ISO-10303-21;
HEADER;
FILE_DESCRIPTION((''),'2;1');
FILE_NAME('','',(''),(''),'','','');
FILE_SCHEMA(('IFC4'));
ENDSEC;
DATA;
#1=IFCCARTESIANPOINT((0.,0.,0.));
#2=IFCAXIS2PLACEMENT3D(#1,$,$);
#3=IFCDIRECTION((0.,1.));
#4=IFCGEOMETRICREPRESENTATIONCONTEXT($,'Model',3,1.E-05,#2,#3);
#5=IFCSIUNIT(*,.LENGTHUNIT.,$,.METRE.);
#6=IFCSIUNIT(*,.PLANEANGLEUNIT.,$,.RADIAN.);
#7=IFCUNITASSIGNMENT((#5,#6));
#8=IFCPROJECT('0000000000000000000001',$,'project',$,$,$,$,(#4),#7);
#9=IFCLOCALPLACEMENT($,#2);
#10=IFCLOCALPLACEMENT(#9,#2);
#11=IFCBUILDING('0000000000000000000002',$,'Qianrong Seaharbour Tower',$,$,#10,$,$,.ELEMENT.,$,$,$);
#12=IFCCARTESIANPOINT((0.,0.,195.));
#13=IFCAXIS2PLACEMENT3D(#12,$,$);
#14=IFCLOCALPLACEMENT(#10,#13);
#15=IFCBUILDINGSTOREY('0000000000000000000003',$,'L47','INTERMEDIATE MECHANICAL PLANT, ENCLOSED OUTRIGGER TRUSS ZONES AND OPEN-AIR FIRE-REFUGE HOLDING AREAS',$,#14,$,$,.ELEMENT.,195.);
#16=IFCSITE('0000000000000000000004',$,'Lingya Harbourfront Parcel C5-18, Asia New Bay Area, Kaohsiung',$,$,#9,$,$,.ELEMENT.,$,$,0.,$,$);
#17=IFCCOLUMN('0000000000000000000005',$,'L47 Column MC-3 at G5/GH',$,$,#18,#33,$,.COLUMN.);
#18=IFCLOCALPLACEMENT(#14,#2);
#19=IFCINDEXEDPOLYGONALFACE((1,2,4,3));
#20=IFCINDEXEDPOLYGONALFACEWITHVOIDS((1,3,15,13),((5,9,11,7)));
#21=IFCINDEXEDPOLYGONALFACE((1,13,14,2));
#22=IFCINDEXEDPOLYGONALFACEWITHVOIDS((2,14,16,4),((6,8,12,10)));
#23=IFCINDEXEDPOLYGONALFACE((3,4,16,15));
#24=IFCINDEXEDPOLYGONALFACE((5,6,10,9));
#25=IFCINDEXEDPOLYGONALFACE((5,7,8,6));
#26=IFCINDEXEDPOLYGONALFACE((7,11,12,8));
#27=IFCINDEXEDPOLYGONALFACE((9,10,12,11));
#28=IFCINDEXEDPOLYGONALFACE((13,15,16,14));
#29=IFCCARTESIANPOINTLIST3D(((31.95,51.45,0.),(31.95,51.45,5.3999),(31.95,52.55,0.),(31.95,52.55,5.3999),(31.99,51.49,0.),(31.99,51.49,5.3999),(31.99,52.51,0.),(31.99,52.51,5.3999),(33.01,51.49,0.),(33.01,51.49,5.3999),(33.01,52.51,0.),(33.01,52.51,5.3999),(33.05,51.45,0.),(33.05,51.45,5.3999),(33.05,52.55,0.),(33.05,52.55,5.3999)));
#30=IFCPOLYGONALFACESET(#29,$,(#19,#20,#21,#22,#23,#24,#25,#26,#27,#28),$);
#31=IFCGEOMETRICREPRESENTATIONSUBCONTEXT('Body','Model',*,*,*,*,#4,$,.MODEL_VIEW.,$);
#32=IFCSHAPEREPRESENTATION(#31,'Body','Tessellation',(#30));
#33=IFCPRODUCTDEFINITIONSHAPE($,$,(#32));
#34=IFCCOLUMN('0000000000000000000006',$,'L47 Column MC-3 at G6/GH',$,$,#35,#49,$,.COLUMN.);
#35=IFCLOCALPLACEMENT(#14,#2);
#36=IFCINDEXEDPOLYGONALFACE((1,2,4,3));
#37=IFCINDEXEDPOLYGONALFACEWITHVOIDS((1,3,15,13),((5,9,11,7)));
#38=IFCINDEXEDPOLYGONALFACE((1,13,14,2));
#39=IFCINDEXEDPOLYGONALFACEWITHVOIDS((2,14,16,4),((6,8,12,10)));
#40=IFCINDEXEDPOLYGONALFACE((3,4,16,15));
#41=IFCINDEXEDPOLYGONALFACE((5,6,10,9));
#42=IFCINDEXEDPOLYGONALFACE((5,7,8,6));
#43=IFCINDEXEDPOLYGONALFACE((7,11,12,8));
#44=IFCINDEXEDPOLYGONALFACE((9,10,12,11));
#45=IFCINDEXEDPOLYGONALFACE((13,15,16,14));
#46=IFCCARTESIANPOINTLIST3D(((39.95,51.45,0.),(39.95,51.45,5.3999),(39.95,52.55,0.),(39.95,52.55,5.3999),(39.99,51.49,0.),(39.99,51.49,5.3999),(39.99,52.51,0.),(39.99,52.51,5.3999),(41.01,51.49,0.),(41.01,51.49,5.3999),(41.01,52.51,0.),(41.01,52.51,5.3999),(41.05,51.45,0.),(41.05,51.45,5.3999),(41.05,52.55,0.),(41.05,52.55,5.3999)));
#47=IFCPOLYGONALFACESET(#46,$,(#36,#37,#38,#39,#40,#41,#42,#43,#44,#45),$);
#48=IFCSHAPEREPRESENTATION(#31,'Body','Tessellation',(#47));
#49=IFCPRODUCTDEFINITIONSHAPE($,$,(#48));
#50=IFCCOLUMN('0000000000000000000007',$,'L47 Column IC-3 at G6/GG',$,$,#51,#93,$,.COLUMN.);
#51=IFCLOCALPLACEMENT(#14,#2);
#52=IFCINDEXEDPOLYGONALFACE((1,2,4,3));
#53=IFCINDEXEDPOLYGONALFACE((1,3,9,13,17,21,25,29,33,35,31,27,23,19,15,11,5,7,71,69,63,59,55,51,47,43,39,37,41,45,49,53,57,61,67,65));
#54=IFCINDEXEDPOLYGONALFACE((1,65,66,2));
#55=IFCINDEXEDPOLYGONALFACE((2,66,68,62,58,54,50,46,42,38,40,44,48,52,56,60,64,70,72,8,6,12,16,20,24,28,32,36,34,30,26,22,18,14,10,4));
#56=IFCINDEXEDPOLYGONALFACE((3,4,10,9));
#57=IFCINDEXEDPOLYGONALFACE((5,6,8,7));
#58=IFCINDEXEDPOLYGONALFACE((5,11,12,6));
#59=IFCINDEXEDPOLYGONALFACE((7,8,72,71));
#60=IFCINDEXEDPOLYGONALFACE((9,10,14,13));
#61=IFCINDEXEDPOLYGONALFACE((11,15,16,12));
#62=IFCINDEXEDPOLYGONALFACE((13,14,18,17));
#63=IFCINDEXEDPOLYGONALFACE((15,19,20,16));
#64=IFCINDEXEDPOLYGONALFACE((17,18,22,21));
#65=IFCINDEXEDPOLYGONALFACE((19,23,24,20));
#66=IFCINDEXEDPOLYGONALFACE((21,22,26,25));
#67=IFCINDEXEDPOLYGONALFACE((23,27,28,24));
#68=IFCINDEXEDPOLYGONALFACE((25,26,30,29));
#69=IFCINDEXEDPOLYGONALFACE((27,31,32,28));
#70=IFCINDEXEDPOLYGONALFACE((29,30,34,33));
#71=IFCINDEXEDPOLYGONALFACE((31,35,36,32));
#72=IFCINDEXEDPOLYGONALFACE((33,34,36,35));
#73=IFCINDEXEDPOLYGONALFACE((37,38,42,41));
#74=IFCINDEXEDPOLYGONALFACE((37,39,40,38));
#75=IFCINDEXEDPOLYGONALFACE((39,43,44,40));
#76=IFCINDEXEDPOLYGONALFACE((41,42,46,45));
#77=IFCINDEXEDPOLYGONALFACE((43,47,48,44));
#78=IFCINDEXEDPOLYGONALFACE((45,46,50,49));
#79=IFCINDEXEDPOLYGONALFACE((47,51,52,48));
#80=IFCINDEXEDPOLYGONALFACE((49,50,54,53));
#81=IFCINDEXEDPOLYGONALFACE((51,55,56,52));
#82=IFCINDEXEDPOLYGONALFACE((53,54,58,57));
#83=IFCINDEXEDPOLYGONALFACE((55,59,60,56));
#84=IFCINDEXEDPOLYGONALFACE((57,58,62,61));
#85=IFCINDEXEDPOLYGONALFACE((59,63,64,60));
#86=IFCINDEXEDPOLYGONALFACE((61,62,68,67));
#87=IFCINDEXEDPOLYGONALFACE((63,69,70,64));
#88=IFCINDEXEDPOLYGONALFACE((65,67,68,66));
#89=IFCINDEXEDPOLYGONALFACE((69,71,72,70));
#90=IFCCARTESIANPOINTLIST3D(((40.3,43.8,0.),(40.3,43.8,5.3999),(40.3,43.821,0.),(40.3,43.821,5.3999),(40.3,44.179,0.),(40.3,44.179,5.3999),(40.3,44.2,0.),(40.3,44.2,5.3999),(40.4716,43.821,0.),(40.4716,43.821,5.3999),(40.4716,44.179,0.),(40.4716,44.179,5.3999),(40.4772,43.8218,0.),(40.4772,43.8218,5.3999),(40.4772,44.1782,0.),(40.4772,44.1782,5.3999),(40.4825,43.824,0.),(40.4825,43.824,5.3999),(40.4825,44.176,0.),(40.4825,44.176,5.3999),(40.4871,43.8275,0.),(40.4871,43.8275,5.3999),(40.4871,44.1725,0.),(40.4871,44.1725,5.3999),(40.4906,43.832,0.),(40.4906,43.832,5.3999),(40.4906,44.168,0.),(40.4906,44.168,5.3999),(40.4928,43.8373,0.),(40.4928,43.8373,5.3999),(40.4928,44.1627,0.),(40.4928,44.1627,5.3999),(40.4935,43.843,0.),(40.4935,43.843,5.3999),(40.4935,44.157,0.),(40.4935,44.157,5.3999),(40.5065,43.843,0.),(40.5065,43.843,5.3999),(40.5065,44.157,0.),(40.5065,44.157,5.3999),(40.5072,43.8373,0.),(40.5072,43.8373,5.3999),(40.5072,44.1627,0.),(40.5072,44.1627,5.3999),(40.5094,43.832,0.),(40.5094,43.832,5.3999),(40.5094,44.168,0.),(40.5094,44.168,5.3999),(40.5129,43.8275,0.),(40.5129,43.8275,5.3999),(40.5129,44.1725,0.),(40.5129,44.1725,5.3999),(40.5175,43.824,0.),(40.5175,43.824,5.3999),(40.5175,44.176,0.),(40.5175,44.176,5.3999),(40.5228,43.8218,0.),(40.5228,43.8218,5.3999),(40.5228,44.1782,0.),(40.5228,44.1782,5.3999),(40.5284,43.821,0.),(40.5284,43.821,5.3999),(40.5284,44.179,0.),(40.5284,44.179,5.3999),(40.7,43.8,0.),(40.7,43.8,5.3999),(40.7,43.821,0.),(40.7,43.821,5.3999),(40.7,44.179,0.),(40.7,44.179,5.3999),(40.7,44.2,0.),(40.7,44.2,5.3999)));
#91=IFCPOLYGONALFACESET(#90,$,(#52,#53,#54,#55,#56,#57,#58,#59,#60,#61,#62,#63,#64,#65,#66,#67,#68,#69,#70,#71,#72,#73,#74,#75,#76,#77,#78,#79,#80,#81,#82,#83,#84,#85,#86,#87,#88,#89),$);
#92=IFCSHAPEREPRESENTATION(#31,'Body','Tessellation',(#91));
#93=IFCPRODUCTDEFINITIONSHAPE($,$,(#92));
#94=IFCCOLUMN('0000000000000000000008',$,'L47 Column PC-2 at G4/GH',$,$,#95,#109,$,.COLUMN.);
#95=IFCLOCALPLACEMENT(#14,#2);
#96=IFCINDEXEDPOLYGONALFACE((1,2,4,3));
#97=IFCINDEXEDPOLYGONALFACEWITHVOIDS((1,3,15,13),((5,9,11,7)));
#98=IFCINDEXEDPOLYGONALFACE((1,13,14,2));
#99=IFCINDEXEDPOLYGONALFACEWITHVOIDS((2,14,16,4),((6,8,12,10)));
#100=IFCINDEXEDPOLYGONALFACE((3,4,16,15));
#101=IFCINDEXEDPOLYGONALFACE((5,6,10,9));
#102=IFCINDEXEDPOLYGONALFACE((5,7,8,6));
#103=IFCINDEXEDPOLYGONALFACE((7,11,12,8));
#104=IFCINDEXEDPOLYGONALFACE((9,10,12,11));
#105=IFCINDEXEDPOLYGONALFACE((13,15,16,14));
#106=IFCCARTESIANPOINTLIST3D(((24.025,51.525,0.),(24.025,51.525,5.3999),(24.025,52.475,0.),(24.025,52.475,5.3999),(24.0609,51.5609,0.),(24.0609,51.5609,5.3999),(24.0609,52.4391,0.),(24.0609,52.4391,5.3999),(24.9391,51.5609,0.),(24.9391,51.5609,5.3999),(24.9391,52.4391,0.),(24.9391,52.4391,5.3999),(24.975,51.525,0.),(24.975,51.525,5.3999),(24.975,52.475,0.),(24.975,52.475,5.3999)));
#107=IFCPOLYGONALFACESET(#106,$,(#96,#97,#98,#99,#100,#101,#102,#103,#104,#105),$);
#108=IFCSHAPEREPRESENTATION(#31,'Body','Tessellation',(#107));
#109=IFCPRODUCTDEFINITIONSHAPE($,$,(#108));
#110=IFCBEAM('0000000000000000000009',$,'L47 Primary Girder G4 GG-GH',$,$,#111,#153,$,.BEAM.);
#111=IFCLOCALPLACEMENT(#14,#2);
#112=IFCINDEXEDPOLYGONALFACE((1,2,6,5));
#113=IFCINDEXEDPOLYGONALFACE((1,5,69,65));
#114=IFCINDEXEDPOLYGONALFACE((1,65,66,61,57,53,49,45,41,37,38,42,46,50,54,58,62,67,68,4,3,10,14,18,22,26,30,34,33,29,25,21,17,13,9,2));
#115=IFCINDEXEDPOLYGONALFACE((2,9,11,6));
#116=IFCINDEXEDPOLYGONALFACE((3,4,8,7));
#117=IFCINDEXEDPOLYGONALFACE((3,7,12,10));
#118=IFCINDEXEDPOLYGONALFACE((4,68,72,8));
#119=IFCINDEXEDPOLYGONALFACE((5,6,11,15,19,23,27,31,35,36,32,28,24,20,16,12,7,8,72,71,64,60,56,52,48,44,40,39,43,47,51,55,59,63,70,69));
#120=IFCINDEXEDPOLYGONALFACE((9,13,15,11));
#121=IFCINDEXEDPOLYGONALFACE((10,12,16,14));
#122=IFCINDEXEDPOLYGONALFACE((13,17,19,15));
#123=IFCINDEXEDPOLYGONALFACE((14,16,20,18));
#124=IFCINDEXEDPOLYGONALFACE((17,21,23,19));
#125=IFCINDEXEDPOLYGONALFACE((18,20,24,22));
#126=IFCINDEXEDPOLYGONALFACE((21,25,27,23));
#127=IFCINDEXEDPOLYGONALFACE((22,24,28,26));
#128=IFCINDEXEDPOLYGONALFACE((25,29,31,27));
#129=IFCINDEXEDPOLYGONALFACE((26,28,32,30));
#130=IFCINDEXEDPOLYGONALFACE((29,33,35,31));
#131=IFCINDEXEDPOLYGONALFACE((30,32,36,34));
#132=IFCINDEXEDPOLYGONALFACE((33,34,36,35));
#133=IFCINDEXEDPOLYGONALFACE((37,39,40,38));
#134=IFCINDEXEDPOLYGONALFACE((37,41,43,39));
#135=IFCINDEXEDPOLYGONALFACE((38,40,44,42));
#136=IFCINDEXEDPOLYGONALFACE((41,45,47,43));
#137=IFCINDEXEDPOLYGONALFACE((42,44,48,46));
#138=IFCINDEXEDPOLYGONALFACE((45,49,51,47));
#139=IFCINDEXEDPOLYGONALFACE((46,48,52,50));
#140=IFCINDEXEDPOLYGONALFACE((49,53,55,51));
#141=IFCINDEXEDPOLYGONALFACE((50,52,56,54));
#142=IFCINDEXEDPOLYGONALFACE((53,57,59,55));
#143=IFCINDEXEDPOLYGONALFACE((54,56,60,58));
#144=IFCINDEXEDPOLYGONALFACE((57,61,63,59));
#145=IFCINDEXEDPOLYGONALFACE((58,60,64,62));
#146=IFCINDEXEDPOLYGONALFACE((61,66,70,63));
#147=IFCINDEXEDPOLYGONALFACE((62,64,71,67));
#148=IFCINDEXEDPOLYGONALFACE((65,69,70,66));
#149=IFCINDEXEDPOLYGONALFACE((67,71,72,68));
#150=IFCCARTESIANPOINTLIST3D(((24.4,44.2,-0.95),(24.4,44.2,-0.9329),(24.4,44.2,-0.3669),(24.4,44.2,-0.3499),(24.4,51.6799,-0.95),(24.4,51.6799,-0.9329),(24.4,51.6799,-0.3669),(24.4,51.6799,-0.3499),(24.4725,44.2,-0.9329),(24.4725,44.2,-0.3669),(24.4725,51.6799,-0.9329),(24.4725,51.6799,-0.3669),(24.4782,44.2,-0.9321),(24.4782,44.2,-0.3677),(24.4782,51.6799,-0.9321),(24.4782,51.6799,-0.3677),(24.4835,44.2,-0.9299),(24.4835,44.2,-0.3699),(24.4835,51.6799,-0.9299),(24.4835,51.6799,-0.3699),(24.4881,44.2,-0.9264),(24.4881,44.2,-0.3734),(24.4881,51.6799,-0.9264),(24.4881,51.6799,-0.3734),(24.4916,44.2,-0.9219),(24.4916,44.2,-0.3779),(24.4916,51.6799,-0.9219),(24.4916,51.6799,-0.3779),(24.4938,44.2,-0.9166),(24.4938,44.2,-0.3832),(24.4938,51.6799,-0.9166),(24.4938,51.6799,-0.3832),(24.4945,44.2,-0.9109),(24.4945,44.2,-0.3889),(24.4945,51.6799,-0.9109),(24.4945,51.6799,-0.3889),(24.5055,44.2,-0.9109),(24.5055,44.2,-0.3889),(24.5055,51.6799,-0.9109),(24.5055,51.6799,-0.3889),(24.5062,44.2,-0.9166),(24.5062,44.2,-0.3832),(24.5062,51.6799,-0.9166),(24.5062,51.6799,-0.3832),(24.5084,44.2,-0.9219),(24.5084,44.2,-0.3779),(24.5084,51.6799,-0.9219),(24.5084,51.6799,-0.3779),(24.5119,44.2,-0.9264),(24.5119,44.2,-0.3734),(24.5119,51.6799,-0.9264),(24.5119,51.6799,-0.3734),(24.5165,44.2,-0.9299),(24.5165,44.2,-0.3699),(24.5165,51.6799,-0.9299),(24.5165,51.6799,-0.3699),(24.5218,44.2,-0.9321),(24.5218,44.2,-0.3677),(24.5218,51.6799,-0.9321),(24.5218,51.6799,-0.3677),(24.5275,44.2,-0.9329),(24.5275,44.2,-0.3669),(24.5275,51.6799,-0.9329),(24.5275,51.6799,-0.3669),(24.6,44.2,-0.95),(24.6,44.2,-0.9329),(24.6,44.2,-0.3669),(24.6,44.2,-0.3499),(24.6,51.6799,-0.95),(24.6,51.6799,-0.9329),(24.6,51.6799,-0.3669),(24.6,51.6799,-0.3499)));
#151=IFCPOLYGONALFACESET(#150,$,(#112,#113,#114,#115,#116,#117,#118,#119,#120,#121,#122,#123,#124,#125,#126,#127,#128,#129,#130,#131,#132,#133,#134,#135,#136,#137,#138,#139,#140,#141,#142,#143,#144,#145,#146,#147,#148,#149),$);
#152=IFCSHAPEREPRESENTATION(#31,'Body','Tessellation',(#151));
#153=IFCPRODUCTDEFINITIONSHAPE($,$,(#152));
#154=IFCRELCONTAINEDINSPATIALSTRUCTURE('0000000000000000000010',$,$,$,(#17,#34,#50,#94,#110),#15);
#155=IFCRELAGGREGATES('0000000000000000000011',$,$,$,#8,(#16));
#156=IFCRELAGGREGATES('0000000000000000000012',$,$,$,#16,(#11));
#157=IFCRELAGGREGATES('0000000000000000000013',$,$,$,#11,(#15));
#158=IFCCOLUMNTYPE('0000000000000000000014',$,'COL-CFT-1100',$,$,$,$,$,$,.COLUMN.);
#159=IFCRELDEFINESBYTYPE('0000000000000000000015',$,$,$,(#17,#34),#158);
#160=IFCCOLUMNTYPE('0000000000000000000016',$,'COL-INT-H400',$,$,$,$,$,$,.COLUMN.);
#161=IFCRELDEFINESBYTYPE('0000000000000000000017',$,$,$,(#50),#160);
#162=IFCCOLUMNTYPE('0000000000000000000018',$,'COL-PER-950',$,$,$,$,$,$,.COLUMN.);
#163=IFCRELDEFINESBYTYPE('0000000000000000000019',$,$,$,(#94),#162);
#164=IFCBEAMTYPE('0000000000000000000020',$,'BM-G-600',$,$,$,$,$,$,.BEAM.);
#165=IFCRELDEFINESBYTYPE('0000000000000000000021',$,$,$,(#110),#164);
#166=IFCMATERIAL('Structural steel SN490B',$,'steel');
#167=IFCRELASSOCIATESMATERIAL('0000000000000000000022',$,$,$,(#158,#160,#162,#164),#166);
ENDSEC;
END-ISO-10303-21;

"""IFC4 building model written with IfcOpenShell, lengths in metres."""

from ifc_helpers import new_model, si_unit, direction, frame, origin, origin_2d, place, context, subcontext, project, spatial, hollow_rectangle, i_section, extrude, material, material_profile, profile_set, type_object, element, save


model = new_model("IFC4")

# Units and contexts
model_context = context("Model", 3, precision=1e-05, world=origin(), true_north=direction((0.0, 1.0)))
body_context = subcontext(model_context, "Body", "Model", "MODEL_VIEW")
ifc_project = project(units=[si_unit("LENGTHUNIT", "METRE"), si_unit("PLANEANGLEUNIT", "RADIAN")], contexts=[model_context])

# Site, building, storey
site_placement = place(None, origin())
site = spatial("IfcSite", under=ifc_project, at=site_placement, Name="Lingya Harbourfront Parcel C5-18, Asia New Bay Area, Kaohsiung", CompositionType="ELEMENT", RefElevation=0.0)
building_placement = place(site_placement, origin())
building = spatial("IfcBuilding", under=site, at=building_placement, Name="Qianrong Seaharbour Tower", CompositionType="ELEMENT")
storey_placement = place(building_placement, frame((0.0, 0.0, 195.0)))
storey = spatial("IfcBuildingStorey", under=building, at=storey_placement, Name="L47", Description="INTERMEDIATE MECHANICAL PLANT, ENCLOSED OUTRIGGER TRUSS ZONES AND OPEN-AIR FIRE-REFUGE HOLDING AREAS", CompositionType="ELEMENT", Elevation=195.0)

# Columns
ifc_material_1 = material(Name="Structural steel SN490B", Category="steel")
ifc_material_profile_1 = material_profile(ifc_material_1, hollow_rectangle(XDim=1.1001, YDim=1.1001, WallThickness=0.04, at=origin_2d()), Name="BOX1100x1100x40")
ifc_profile_set_1 = profile_set([ifc_material_profile_1], Name="Structural steel SN490B")
column_type_1 = type_object("IfcColumnType", Name="COL-CFT-1100", PredefinedType="COLUMN", material=ifc_profile_set_1)
for number, where, z_axis, x_axis, name in (
    (1, (32.5, 52.0, 0.0), (0.0, 0.0, 1.0), (1.0, 0.0, 0.0), "L47 Column MC-3 at G5/GH"),
    (2, (40.5, 52.0, 0.0), (0.0, 0.0, 1.0), (1.0, 0.0, 0.0), "L47 Column MC-3 at G6/GH"),
):
    element("IfcColumn", number, at=place(storey_placement, frame(where, z_axis=z_axis, x_axis=x_axis)), inside=storey, type_object=column_type_1, Name=name, PredefinedType="COLUMN", context=body_context, shape_type="SweptSolid", body=[
        extrude(hollow_rectangle(XDim=1.1001, YDim=1.1001, WallThickness=0.04, at=origin_2d()), origin(), (0.0, 0.0, 1.0), 5.3999),
    ])
ifc_material_profile_2 = material_profile(ifc_material_1, i_section(OverallWidth=0.3999, OverallDepth=0.3999, WebThickness=0.0129, FlangeThickness=0.021, FilletRadius=0.022, at=origin_2d()), Name="H400x400x13x21")
ifc_profile_set_2 = profile_set([ifc_material_profile_2], Name="Structural steel SN490B")
column_type_2 = type_object("IfcColumnType", Name="COL-INT-H400", PredefinedType="COLUMN", material=ifc_profile_set_2)
column_1_placement = place(storey_placement, frame((40.5, 44.0, 0.0), z_axis=(0.0, 0.0, 1.0), x_axis=(1.0, 0.0, 0.0)))
element("IfcColumn", 3, at=column_1_placement, inside=storey, type_object=column_type_2, Name="L47 Column IC-3 at G6/GG", PredefinedType="COLUMN", context=body_context, shape_type="SweptSolid", body=[
    extrude(i_section(OverallWidth=0.3999, OverallDepth=0.3999, WebThickness=0.0129, FlangeThickness=0.021, FilletRadius=0.022, at=origin_2d()), origin(), (0.0, 0.0, 1.0), 5.3999),
])
ifc_material_profile_3 = material_profile(ifc_material_1, hollow_rectangle(XDim=0.95, YDim=0.95, WallThickness=0.0359, at=origin_2d()), Name="BOX950x950x36")
ifc_profile_set_3 = profile_set([ifc_material_profile_3], Name="Structural steel SN490B")
column_type_3 = type_object("IfcColumnType", Name="COL-PER-950", PredefinedType="COLUMN", material=ifc_profile_set_3)
column_2_placement = place(storey_placement, frame((24.5, 52.0, 0.0), z_axis=(0.0, 0.0, 1.0), x_axis=(1.0, 0.0, 0.0)))
element("IfcColumn", 4, at=column_2_placement, inside=storey, type_object=column_type_3, Name="L47 Column PC-2 at G4/GH", PredefinedType="COLUMN", context=body_context, shape_type="SweptSolid", body=[
    extrude(hollow_rectangle(XDim=0.95, YDim=0.95, WallThickness=0.0359, at=origin_2d()), origin(), (0.0, 0.0, 1.0), 5.3999),
])

# Beam
ifc_material_profile_4 = material_profile(ifc_material_1, i_section(OverallWidth=0.2, OverallDepth=0.6001, WebThickness=0.011, FlangeThickness=0.0171, FilletRadius=0.022, at=origin_2d()), Name="H600x200x11x17")
ifc_profile_set_4 = profile_set([ifc_material_profile_4], Name="Structural steel SN490B")
beam_type_1 = type_object("IfcBeamType", Name="BM-G-600", PredefinedType="BEAM", material=ifc_profile_set_4)
beam_placement = place(storey_placement, frame((24.5, 44.2, -0.6499), z_axis=(0.0, 1.0, 0.0), x_axis=(-1.0, 0.0, 0.0)))
element("IfcBeam", 5, at=beam_placement, inside=storey, type_object=beam_type_1, Name="L47 Primary Girder G4 GG-GH", PredefinedType="BEAM", context=body_context, shape_type="SweptSolid", body=[
    extrude(i_section(OverallWidth=0.2, OverallDepth=0.6001, WebThickness=0.011, FlangeThickness=0.0171, FilletRadius=0.022, at=origin_2d()), origin(), (0.0, 0.0, 1.0), 7.48),
])

save(model, "model.ifc")
